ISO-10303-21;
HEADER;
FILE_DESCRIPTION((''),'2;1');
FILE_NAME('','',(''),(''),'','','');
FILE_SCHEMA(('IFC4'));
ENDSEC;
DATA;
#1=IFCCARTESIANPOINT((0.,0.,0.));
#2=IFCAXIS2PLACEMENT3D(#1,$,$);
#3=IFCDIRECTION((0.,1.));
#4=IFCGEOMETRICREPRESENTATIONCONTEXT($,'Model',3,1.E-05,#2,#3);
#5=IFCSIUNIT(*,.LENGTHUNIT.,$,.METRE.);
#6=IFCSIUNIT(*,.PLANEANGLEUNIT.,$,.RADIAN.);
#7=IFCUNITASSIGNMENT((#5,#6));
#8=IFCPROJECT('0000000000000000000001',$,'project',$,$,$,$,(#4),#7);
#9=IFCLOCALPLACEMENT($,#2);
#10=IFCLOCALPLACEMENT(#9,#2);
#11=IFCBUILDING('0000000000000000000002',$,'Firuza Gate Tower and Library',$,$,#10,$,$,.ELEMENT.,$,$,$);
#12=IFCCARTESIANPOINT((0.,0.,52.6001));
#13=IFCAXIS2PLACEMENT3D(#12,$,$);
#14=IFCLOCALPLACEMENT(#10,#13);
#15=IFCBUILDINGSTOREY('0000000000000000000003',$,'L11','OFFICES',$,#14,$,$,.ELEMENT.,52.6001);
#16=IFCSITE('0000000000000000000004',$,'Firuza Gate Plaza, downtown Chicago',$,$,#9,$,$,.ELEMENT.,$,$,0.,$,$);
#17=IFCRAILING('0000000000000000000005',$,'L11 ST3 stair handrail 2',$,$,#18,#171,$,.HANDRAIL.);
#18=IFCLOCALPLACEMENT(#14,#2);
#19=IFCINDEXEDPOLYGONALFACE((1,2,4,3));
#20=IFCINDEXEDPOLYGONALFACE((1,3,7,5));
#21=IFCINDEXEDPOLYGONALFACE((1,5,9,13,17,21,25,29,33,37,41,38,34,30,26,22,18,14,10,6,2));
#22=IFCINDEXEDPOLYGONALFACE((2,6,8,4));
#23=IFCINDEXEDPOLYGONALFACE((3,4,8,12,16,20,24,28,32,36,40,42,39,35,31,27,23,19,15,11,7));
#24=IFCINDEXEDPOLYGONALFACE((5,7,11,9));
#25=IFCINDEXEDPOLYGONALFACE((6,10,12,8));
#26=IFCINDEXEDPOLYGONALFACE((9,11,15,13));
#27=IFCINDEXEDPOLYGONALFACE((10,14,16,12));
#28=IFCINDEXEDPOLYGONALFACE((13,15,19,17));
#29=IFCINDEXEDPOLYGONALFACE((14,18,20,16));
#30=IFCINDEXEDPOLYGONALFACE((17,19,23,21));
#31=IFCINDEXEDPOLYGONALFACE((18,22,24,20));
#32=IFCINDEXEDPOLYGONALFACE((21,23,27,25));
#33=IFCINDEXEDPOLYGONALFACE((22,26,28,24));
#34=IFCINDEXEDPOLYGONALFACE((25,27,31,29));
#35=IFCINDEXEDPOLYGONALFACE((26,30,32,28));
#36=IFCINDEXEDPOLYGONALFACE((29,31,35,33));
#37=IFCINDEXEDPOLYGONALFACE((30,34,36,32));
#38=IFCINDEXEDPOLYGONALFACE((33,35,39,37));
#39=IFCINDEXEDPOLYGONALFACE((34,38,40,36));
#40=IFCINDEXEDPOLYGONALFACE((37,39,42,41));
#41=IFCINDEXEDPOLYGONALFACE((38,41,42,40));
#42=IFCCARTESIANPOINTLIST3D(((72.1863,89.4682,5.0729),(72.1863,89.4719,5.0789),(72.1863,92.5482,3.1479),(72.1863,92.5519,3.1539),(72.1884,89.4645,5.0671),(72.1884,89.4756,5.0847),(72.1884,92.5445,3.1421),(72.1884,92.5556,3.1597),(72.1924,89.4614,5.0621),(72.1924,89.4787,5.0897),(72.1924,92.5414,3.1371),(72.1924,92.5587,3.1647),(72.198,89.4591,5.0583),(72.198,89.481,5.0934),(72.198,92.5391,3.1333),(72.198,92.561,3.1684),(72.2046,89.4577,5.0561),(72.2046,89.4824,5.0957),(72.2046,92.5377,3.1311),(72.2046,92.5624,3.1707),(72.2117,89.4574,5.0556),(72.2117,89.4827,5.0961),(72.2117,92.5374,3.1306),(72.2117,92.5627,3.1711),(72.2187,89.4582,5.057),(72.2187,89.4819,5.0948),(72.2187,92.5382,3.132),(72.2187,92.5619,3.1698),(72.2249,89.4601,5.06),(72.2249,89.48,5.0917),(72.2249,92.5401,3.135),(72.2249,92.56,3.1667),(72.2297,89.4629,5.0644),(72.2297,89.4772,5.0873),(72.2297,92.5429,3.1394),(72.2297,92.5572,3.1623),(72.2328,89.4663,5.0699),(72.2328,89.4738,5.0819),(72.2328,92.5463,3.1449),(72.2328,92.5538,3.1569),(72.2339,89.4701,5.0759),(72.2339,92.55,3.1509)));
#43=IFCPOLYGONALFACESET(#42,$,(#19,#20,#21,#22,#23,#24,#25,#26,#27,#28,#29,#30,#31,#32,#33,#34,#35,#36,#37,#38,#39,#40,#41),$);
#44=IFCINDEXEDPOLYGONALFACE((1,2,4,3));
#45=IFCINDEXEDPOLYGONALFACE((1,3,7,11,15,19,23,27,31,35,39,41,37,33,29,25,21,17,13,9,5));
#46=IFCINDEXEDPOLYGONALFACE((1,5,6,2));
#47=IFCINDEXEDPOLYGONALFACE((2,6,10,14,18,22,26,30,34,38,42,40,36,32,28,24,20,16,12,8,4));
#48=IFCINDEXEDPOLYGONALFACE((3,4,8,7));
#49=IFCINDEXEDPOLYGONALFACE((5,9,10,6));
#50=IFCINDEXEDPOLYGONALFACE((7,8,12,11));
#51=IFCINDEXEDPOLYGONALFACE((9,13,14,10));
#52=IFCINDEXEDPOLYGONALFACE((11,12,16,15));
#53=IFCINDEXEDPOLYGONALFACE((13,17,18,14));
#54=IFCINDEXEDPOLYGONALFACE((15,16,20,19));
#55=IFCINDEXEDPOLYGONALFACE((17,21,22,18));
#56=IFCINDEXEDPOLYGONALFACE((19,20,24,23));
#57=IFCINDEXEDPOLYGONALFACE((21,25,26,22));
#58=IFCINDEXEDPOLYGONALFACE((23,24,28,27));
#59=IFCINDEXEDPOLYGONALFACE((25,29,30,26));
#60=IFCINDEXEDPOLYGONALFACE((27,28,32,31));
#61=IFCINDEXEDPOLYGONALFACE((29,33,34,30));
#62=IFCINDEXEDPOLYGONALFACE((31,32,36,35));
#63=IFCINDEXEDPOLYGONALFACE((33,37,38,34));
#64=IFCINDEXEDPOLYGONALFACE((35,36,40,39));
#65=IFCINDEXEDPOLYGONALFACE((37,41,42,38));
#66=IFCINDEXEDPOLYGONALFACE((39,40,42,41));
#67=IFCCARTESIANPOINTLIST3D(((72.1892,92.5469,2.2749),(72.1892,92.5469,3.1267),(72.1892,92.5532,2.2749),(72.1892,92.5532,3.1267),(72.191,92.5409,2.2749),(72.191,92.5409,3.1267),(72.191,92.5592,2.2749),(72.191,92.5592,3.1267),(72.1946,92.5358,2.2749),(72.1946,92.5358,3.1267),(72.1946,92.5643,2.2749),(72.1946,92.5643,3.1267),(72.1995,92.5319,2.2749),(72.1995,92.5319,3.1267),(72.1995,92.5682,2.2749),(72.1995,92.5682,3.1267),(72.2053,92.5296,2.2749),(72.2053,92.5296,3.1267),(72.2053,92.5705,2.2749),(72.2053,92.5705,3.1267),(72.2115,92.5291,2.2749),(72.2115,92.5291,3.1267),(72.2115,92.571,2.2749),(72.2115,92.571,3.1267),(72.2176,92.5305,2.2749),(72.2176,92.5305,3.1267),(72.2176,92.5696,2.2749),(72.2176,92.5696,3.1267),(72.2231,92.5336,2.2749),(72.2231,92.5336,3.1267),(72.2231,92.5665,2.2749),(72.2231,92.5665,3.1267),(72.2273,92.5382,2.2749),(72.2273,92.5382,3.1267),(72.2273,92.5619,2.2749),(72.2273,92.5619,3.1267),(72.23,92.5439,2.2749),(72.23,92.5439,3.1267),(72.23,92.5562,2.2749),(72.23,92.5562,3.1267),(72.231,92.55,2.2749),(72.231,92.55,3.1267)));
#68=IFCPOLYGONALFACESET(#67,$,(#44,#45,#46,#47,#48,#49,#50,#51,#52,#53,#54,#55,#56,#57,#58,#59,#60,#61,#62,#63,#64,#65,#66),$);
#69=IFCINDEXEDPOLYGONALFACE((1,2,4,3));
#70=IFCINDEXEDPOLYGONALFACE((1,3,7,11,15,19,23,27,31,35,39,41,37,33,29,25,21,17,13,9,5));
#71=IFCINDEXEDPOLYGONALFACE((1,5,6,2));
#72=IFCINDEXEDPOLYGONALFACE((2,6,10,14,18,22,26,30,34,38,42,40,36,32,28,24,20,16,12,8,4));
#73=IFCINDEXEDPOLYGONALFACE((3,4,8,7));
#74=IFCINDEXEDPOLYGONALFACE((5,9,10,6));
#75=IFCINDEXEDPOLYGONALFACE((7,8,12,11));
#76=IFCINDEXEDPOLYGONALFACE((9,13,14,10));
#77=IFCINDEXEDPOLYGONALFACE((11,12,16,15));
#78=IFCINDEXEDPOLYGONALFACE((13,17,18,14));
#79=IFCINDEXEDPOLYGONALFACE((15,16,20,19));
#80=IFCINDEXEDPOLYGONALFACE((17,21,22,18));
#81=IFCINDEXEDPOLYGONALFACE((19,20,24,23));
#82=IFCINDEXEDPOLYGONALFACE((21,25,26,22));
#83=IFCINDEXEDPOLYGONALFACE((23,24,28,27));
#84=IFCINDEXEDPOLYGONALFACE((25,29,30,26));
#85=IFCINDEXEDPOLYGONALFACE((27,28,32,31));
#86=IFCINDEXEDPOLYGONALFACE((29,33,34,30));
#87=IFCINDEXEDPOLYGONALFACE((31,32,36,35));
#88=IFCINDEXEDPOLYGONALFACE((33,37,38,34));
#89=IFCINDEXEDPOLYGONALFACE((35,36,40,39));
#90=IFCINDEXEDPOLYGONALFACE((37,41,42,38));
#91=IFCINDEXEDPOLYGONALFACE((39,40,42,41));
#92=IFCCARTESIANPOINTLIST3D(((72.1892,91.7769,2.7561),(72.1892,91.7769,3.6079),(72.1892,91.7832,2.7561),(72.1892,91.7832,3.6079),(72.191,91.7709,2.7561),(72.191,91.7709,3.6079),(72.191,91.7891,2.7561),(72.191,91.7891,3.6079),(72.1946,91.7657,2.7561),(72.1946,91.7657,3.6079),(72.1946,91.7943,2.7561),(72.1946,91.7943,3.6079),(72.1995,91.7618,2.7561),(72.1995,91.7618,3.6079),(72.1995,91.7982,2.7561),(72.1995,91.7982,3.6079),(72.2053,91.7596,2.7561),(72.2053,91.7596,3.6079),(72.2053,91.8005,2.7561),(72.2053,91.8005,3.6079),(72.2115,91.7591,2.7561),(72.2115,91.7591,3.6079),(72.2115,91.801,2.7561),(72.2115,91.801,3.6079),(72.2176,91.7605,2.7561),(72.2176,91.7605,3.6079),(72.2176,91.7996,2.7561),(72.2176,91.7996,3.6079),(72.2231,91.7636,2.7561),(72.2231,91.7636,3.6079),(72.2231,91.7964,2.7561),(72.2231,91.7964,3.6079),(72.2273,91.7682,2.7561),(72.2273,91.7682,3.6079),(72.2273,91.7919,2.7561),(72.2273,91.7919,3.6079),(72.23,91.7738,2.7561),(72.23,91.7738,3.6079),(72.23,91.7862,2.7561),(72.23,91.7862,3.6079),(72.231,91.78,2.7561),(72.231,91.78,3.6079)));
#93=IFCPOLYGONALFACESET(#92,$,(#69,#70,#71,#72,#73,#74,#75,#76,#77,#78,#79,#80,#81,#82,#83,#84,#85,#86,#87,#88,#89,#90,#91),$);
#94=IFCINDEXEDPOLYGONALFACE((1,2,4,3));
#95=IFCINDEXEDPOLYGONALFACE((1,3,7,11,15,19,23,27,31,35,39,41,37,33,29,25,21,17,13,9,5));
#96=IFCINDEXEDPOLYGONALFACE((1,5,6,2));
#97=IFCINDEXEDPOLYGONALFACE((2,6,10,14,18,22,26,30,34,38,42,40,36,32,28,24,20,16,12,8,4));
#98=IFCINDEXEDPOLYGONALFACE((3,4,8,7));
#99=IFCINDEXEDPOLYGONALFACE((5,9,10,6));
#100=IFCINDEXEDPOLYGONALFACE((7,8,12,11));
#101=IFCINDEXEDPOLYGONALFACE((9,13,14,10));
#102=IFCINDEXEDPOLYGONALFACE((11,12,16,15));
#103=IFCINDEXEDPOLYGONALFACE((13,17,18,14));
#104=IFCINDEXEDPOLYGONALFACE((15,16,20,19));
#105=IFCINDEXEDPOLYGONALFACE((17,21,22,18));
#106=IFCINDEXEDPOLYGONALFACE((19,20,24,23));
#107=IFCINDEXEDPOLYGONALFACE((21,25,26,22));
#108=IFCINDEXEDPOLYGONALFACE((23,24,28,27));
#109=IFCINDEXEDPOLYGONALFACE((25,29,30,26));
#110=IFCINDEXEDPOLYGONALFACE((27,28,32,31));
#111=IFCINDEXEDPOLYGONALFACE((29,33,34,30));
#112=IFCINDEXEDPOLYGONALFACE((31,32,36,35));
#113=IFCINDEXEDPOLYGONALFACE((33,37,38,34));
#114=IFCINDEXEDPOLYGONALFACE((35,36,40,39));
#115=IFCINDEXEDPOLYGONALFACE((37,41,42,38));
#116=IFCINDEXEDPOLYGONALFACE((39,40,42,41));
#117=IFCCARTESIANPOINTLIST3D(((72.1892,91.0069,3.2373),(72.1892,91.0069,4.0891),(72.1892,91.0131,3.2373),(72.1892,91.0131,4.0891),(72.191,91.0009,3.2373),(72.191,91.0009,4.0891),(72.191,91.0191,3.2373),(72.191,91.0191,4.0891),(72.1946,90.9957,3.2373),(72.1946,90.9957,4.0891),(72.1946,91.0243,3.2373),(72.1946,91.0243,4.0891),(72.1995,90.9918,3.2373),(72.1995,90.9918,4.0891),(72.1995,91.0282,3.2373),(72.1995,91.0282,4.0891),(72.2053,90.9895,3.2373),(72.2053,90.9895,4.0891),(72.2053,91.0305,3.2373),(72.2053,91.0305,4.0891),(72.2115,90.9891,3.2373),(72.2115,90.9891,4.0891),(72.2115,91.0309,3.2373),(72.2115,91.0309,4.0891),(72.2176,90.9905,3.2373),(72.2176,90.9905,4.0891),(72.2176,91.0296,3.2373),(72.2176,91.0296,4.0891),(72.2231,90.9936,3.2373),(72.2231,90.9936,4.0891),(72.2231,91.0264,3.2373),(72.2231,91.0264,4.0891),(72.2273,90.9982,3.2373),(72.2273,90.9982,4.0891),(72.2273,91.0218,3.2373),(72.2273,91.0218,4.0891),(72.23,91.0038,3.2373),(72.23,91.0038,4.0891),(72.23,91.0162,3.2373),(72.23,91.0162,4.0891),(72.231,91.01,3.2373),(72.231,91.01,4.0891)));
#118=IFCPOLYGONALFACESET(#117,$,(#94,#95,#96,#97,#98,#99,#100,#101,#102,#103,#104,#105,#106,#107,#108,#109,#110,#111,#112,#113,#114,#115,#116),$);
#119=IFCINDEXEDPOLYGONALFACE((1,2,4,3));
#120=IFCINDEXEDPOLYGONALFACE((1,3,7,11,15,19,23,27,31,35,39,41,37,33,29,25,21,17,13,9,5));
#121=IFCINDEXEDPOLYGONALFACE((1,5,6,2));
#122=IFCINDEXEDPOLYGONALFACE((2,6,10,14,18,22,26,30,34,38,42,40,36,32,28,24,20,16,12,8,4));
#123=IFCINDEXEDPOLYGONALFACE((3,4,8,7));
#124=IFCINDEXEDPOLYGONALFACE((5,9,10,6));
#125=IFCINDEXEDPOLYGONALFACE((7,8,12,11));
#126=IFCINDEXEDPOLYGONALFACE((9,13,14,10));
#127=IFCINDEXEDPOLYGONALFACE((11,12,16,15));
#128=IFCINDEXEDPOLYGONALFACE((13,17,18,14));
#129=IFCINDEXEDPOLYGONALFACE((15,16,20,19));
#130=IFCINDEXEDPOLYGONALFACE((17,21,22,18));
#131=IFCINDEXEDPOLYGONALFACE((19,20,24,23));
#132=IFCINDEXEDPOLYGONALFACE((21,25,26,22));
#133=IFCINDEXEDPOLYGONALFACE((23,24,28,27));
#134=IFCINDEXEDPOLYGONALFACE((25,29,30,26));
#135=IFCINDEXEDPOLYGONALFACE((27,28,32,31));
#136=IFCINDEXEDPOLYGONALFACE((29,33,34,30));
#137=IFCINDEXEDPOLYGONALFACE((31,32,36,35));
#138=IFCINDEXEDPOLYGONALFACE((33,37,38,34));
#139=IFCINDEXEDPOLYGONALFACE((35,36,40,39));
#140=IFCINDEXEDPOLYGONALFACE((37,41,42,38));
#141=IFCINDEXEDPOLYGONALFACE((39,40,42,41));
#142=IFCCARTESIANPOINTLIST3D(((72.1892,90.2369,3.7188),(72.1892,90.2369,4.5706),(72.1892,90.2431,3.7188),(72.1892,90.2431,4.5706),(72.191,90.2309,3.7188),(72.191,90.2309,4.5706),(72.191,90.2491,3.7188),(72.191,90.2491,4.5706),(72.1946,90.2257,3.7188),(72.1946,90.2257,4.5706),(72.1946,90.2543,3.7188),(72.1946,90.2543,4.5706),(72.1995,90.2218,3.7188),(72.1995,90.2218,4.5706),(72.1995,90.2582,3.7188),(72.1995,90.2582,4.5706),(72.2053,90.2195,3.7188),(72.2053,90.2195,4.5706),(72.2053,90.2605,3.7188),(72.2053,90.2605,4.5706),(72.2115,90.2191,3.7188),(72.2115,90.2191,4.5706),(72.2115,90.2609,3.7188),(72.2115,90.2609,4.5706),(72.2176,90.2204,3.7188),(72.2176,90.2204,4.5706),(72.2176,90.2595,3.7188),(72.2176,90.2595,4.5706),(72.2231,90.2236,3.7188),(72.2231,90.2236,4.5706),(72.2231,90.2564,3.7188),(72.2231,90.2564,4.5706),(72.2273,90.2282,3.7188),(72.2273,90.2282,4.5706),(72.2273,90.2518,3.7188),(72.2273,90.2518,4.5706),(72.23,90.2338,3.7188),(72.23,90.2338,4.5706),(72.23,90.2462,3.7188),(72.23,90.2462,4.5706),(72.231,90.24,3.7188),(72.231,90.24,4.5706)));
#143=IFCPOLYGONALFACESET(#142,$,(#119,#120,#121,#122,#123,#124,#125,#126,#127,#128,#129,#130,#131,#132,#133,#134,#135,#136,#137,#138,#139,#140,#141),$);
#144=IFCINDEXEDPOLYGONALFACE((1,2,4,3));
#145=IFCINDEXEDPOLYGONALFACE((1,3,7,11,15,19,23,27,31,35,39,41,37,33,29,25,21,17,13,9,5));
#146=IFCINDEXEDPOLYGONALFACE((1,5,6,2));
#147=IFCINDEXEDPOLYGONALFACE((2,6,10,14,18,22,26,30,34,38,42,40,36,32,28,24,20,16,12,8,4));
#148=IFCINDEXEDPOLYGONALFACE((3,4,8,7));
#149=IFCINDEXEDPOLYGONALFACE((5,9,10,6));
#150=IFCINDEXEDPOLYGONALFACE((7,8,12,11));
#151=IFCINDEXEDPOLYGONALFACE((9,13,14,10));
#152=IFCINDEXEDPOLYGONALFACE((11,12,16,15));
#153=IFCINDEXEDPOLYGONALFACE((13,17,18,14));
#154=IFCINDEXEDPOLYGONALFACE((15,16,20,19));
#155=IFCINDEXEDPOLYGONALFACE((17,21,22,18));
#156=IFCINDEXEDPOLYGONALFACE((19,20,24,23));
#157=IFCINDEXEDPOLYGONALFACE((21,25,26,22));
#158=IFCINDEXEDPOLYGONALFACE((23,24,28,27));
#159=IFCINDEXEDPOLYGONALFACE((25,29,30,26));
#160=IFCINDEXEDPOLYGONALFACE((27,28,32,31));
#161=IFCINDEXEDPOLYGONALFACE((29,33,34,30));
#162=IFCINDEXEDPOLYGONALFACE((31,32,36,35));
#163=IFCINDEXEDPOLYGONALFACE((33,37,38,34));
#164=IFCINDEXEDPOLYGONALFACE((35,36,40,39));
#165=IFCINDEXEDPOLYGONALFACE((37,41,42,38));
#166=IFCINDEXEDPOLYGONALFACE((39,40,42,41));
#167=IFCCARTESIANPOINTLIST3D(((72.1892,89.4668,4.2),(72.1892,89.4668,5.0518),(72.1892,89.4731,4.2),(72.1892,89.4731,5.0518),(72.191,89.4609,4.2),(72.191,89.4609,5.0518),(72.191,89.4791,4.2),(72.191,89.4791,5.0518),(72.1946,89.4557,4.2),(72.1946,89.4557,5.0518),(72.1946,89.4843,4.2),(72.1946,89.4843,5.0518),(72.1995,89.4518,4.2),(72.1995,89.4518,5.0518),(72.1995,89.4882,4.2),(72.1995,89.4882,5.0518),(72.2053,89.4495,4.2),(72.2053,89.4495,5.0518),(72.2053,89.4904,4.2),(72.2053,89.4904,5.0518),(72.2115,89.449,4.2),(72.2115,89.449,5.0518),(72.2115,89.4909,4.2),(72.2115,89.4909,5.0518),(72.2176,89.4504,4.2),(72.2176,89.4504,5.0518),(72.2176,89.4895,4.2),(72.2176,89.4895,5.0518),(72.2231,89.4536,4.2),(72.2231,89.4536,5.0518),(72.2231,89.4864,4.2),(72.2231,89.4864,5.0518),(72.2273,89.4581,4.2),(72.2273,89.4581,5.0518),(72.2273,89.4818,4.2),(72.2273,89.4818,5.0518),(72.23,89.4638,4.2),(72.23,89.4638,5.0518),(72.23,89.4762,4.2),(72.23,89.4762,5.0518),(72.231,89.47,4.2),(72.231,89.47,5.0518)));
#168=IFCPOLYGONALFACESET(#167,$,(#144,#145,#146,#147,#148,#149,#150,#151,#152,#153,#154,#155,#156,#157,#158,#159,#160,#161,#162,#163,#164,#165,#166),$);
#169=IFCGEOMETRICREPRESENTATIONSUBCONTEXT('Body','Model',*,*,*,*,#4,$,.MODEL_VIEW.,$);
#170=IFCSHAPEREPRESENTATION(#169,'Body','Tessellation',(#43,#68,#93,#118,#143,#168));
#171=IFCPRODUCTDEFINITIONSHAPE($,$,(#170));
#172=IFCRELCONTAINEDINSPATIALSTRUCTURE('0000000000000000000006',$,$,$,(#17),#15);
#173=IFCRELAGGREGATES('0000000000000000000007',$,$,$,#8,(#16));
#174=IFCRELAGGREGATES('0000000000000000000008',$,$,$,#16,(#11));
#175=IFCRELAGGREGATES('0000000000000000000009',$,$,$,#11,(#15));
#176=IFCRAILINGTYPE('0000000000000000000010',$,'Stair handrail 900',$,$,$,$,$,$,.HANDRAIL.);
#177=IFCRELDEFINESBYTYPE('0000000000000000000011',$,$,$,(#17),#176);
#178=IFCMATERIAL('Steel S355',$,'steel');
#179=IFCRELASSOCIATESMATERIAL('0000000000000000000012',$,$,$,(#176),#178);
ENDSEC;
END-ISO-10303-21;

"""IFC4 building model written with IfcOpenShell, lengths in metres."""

from ifc_helpers import new_model, si_unit, direction, frame, origin, origin_2d, place, context, subcontext, project, spatial, circle, extrude, material, type_object, element, save


model = new_model("IFC4")

# Units and contexts
model_context = context("Model", 3, precision=1e-05, world=origin(), true_north=direction((0.0, 1.0)))
body_context = subcontext(model_context, "Body", "Model", "MODEL_VIEW")
ifc_project = project(units=[si_unit("LENGTHUNIT", "METRE"), si_unit("PLANEANGLEUNIT", "RADIAN")], contexts=[model_context])

# Site, building, storey
site_placement = place(None, origin())
site = spatial("IfcSite", under=ifc_project, at=site_placement, Name="Firuza Gate Plaza, downtown Chicago", CompositionType="ELEMENT", RefElevation=0.0)
building_placement = place(site_placement, origin())
building = spatial("IfcBuilding", under=site, at=building_placement, Name="Firuza Gate Tower and Library", CompositionType="ELEMENT")
storey_placement = place(building_placement, frame((0.0, 0.0, 52.6001)))
storey = spatial("IfcBuildingStorey", under=building, at=storey_placement, Name="L11", Description="OFFICES", CompositionType="ELEMENT", Elevation=52.6001)

# Railing
ifc_material_1 = material(Name="Steel S355", Category="steel")
railing_type = type_object("IfcRailingType", Name="Stair handrail 900", PredefinedType="HANDRAIL", material=ifc_material_1)
railing_placement = place(storey_placement, frame((72.21, 92.55, 2.2749)))
element("IfcRailing", 1, at=railing_placement, inside=storey, type_object=railing_type, Name="L11 ST3 stair handrail 2", PredefinedType="HANDRAIL", context=body_context, shape_type="SweptSolid", body=[
    extrude(circle(Radius=0.0239, at=origin_2d()), frame((0.0, 0.0, 0.876), z_axis=(0.0, -0.847998, 0.529999), x_axis=(1.0, 0.0, 0.0)), (0.0, 0.0, 1.0), 3.6321),
    extrude(circle(Radius=0.021, at=origin_2d()), origin(), (0.0, 0.0, 1.0), 0.8518),
    extrude(circle(Radius=0.021, at=origin_2d()), frame((0.0, -0.77, 0.4812)), (0.0, 0.0, 1.0), 0.8518),
    extrude(circle(Radius=0.021, at=origin_2d()), frame((0.0, -1.54, 0.9624)), (0.0, 0.0, 1.0), 0.8518),
    extrude(circle(Radius=0.021, at=origin_2d()), frame((0.0, -2.3101, 1.4438)), (0.0, 0.0, 1.0), 0.8518),
    extrude(circle(Radius=0.021, at=origin_2d()), frame((0.0, -3.0801, 1.925)), (0.0, 0.0, 1.0), 0.8518),
])

save(model, "model.ifc")
